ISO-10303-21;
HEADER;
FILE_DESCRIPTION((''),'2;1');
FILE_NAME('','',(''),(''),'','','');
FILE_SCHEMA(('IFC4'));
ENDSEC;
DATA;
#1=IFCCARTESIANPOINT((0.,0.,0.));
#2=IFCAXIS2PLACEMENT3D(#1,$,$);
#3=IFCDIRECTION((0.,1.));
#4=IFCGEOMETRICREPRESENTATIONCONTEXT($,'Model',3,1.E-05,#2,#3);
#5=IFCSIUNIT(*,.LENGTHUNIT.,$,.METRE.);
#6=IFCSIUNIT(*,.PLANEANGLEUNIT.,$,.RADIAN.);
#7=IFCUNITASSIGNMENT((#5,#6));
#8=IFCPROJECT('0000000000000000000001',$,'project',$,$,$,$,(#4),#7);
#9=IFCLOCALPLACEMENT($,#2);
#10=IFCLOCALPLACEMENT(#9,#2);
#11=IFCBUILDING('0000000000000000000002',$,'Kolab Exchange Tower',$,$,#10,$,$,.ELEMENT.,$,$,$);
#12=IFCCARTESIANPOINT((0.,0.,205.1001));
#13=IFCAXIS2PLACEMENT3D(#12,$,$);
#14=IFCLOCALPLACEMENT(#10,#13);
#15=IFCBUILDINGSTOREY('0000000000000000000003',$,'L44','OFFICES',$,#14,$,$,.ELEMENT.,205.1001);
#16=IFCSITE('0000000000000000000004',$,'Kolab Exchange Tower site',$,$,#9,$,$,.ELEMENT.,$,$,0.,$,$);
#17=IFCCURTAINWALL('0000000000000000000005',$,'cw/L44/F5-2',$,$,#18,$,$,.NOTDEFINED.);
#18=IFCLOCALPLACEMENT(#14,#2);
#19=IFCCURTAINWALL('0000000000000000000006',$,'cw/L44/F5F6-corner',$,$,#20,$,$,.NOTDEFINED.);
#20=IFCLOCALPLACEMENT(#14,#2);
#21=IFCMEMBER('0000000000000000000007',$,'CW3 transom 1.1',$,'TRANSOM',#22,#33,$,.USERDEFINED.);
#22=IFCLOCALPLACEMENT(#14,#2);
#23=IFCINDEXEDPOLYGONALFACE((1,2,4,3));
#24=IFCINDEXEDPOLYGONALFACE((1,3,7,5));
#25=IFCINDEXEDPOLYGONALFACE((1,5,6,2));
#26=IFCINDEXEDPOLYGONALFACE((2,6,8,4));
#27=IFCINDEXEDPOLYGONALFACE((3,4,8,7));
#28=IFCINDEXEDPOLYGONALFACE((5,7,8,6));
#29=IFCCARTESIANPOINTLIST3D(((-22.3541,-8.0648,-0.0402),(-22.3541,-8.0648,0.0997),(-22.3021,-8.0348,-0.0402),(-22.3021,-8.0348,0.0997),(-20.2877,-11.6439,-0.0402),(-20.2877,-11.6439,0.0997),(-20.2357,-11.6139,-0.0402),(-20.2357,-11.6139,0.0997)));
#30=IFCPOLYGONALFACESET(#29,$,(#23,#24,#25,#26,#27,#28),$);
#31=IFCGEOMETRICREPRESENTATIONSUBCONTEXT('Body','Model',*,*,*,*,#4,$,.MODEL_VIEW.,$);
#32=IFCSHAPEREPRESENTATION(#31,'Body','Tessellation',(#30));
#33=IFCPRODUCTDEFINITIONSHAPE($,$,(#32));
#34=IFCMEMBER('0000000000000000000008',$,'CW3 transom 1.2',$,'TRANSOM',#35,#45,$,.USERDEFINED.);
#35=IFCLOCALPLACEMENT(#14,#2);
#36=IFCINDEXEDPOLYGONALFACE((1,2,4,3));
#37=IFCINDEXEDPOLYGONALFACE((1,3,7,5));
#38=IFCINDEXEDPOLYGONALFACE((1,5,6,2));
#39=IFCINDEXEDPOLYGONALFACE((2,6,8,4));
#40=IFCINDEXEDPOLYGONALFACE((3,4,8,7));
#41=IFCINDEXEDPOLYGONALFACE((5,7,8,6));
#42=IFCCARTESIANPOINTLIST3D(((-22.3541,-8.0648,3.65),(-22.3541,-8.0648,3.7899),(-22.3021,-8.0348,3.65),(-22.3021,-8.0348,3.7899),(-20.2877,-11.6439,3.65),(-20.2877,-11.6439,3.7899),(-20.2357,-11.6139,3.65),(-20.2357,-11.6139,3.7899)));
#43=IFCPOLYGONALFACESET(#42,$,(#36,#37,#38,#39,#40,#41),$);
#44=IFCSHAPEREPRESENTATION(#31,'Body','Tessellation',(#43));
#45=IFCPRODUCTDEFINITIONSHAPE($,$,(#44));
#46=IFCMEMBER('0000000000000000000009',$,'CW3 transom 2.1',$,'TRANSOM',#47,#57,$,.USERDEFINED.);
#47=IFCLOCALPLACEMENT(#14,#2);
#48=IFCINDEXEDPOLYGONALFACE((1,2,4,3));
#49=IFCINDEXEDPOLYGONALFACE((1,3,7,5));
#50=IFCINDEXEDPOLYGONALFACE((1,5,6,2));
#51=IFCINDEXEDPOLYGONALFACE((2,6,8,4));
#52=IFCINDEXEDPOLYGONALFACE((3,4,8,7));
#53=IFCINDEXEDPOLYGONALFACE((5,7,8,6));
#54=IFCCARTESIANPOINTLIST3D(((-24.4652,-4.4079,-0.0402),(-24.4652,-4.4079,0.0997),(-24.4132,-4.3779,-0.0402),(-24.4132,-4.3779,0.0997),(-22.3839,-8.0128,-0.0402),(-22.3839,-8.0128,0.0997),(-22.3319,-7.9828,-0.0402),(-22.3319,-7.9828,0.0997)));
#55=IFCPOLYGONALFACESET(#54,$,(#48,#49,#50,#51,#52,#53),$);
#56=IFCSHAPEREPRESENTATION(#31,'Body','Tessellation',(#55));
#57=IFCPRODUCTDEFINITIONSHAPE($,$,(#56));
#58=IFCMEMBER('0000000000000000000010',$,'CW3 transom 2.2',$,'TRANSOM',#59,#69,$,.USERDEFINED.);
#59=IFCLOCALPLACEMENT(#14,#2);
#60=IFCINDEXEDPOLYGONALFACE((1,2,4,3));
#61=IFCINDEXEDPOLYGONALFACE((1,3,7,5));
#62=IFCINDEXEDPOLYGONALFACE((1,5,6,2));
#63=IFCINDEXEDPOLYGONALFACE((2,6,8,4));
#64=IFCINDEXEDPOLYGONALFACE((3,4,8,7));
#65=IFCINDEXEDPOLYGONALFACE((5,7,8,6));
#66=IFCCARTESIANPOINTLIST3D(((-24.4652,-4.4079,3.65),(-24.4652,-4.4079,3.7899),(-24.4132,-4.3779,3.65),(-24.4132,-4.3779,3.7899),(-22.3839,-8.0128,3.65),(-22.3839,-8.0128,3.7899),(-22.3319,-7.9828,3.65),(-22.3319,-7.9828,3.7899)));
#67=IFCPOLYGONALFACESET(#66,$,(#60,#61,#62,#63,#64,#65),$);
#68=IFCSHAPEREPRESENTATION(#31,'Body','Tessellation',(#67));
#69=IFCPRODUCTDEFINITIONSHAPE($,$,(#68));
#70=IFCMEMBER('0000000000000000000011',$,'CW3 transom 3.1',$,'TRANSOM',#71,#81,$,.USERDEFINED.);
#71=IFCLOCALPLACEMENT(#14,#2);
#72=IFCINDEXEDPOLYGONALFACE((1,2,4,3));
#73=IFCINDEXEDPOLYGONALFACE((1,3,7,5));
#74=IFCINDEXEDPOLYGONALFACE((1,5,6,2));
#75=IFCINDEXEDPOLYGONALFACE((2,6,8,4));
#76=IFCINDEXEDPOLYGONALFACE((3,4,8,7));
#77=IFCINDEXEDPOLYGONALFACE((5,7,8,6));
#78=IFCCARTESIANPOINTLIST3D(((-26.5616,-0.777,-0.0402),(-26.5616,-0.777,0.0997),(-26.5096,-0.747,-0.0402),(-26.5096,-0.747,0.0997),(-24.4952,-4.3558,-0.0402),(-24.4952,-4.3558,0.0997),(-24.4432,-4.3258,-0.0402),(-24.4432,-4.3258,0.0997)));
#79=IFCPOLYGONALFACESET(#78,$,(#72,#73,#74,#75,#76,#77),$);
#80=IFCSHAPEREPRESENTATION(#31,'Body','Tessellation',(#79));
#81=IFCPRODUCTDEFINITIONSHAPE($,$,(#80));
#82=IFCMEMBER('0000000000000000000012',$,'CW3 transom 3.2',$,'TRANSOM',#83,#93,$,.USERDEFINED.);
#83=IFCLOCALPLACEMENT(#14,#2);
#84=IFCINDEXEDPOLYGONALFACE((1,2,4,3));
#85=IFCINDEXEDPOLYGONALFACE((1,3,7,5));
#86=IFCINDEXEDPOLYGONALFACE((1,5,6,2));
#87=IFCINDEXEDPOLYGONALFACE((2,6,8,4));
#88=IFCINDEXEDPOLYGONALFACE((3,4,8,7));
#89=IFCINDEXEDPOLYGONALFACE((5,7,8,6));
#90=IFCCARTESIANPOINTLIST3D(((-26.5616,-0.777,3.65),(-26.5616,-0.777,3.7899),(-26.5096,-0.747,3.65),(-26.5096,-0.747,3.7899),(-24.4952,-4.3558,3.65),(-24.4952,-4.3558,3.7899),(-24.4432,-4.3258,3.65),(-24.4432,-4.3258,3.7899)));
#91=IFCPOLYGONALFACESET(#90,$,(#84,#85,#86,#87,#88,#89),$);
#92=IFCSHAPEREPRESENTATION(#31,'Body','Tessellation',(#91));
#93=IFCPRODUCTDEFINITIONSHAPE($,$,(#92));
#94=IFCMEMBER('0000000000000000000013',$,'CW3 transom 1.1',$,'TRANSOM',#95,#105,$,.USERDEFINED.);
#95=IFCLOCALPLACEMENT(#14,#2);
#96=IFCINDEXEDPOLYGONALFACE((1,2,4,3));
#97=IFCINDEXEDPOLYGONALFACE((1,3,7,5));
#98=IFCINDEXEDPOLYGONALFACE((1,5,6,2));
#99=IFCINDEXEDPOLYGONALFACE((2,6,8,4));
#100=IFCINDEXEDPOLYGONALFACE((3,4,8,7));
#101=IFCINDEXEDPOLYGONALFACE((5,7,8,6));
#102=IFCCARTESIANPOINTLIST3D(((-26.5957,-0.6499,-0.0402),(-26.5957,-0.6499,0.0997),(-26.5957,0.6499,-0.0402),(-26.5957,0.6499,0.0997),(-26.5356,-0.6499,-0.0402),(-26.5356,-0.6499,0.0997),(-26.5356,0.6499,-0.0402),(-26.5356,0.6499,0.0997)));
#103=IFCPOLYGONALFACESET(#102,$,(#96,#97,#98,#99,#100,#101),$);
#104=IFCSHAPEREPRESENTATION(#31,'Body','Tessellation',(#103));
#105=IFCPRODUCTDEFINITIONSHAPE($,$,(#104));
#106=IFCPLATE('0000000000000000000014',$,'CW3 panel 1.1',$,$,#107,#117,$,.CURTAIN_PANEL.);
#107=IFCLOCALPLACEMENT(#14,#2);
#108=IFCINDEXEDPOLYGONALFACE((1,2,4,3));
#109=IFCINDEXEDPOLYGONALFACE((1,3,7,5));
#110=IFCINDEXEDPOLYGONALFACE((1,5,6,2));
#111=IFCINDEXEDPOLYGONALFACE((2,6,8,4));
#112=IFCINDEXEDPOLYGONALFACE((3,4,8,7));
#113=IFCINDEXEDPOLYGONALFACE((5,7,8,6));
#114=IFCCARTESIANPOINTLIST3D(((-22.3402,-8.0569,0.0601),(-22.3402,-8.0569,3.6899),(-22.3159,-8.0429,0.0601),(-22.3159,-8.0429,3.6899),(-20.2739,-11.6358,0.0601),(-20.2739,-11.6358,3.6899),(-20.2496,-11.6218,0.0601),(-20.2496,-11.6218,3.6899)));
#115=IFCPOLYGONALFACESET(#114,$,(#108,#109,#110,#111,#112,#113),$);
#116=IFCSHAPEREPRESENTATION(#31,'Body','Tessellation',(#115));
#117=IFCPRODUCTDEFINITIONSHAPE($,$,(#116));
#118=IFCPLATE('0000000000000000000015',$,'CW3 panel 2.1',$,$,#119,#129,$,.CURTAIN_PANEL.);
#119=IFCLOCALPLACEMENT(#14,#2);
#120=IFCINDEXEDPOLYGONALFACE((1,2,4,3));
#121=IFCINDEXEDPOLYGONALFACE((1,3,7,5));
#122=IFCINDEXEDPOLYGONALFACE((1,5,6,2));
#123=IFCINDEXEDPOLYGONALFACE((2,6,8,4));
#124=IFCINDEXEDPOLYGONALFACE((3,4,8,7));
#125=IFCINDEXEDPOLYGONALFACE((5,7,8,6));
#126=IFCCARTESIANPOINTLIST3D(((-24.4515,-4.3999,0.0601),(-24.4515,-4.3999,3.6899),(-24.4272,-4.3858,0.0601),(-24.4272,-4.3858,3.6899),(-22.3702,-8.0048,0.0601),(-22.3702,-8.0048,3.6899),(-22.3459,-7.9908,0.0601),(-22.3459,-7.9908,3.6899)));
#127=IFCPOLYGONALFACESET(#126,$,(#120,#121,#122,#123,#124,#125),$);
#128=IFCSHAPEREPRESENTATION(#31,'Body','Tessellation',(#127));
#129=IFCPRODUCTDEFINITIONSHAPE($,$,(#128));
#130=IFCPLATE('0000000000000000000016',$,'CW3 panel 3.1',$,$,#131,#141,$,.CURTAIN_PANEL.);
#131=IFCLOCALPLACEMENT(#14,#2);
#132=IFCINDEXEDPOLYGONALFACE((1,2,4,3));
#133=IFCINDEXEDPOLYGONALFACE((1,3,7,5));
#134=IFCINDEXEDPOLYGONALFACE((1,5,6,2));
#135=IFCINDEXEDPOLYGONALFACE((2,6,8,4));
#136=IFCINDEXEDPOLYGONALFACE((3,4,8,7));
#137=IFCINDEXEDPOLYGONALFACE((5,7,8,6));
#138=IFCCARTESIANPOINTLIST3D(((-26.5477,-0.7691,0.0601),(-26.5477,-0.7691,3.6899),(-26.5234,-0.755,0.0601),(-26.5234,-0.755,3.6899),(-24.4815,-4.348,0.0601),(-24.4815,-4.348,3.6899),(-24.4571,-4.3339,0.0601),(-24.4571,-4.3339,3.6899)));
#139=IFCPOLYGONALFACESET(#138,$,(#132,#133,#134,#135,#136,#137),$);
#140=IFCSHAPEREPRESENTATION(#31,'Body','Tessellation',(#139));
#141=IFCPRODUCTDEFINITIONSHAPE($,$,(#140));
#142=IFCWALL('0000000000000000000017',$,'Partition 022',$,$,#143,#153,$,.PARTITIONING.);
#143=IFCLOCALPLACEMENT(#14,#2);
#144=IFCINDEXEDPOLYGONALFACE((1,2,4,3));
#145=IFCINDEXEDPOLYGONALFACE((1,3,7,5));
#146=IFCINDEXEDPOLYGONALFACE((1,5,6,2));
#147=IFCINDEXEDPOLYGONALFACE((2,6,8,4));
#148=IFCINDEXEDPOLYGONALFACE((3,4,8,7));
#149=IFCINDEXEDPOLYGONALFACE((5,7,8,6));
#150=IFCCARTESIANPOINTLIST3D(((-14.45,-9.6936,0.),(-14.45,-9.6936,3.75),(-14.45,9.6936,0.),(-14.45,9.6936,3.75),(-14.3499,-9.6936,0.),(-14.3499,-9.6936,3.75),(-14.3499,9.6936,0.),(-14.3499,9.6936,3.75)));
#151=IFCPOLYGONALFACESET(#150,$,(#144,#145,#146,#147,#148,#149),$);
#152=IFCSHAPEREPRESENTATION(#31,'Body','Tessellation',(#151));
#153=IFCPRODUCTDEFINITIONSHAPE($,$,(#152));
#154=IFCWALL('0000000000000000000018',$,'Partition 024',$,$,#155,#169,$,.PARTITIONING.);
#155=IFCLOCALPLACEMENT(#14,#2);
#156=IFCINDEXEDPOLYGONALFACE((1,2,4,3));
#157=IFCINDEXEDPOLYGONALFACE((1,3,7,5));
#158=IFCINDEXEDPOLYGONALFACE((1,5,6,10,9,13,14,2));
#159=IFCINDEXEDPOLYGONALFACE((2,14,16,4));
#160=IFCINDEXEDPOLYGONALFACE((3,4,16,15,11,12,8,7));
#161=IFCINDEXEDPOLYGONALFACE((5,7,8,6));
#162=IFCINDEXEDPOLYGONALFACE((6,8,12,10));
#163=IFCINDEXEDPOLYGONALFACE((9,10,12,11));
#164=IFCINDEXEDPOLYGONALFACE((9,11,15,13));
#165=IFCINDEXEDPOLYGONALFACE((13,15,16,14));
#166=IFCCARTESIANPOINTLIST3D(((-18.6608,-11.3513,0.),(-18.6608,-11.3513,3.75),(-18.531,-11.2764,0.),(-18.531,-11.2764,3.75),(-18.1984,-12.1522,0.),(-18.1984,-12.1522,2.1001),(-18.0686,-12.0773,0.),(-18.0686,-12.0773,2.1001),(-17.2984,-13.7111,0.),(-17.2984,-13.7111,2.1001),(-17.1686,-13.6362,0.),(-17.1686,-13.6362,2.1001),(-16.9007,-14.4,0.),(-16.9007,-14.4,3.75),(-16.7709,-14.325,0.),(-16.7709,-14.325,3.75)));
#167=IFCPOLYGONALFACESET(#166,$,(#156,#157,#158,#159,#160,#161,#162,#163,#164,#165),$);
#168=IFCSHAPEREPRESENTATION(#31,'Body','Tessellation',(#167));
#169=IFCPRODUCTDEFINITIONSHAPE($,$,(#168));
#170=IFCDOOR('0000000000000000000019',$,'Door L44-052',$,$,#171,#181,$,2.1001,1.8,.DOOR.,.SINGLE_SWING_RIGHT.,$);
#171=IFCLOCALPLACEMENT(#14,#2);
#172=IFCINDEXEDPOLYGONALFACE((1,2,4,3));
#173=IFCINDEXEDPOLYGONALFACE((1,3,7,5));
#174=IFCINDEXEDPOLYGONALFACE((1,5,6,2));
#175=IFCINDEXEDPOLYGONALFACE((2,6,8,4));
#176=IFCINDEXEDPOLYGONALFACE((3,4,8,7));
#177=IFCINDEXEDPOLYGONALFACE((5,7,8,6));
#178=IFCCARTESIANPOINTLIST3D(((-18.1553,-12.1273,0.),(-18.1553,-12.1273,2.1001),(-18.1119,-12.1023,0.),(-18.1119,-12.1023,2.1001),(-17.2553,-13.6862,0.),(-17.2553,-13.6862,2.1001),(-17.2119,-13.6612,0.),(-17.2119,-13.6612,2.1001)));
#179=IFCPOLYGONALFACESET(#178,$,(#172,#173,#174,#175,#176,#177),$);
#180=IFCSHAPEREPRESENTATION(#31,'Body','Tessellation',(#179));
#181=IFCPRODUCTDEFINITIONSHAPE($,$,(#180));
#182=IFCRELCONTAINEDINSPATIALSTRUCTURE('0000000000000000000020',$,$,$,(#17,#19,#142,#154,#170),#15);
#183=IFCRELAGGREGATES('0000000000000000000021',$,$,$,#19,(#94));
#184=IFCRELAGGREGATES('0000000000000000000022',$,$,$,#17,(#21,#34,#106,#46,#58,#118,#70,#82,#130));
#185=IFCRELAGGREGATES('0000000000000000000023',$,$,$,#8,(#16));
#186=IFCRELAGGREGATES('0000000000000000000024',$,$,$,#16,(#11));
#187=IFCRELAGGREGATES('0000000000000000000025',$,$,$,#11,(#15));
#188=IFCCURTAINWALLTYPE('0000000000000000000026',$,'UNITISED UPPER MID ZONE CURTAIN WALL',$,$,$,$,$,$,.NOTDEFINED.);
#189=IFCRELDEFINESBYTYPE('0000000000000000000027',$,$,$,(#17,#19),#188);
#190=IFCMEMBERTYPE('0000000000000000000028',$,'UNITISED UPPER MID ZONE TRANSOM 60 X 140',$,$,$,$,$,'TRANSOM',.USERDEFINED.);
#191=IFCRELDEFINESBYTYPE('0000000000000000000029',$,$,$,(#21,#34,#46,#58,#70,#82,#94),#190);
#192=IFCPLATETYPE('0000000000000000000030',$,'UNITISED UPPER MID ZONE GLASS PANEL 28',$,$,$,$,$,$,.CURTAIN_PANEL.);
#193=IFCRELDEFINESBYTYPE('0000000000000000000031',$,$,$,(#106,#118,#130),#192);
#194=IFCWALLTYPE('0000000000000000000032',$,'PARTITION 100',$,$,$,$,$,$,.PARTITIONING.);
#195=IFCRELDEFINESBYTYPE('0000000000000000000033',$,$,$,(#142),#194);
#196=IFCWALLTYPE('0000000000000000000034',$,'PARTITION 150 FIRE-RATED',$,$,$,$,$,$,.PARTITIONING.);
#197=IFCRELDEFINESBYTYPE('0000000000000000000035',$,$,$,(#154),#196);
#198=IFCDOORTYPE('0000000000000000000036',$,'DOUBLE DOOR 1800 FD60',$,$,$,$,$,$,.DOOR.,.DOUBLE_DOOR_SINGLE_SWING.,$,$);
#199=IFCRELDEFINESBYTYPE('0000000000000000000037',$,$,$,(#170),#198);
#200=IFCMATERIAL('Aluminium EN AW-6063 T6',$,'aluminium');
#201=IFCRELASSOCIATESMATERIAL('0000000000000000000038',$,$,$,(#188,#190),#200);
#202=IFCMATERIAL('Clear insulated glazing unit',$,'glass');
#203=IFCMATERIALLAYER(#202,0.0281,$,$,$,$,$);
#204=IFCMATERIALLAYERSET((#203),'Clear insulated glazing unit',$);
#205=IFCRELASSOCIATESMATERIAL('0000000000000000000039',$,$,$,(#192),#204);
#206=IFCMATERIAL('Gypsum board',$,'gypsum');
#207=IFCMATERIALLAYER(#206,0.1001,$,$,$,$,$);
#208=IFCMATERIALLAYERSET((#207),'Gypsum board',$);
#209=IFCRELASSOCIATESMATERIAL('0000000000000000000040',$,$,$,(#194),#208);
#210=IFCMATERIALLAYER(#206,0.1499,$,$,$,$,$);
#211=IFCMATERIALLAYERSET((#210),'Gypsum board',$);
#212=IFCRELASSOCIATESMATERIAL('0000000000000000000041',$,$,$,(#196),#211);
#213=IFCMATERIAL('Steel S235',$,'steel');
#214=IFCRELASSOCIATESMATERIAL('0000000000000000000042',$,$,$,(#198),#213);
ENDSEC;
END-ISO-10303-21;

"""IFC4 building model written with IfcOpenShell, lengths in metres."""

from ifc_helpers import new_model, si_unit, direction, frame, frame_2d, origin, origin_2d, place, context, subcontext, project, spatial, rectangle, extrude, material, layer, layer_set, material_profile, profile_set, type_object, element, fill, aggregate, save


model = new_model("IFC4")

# Units and contexts
model_context = context("Model", 3, precision=1e-05, world=origin(), true_north=direction((0.0, 1.0)))
body_context = subcontext(model_context, "Body", "Model", "MODEL_VIEW")
ifc_project = project(units=[si_unit("LENGTHUNIT", "METRE"), si_unit("PLANEANGLEUNIT", "RADIAN")], contexts=[model_context])

# Site, building, storey
site_placement = place(None, origin())
site = spatial("IfcSite", under=ifc_project, at=site_placement, Name="Kolab Exchange Tower site", CompositionType="ELEMENT", RefElevation=0.0)
building_placement = place(site_placement, origin())
building = spatial("IfcBuilding", under=site, at=building_placement, Name="Kolab Exchange Tower", CompositionType="ELEMENT")
storey_placement = place(building_placement, frame((0.0, 0.0, 205.1001)))
storey = spatial("IfcBuildingStorey", under=building, at=storey_placement, Name="L44", Description="OFFICES", CompositionType="ELEMENT", Elevation=205.1001)

# Curtain wall
ifc_material_1 = material(Name="Aluminium EN AW-6063 T6", Category="aluminium")
curtain_wall_type = type_object("IfcCurtainWallType", Name="UNITISED UPPER MID ZONE CURTAIN WALL", PredefinedType="NOTDEFINED", material=ifc_material_1)
curtain_wall_1_placement = place(storey_placement, origin())
curtain_wall_1 = element("IfcCurtainWall", 1, at=curtain_wall_1_placement, inside=storey, type_object=curtain_wall_type, Name="cw/L44/F5-2", PredefinedType="NOTDEFINED")

# Curtain wall
curtain_wall_2_placement = place(storey_placement, origin())
curtain_wall_2 = element("IfcCurtainWall", 2, at=curtain_wall_2_placement, inside=storey, type_object=curtain_wall_type, Name="cw/L44/F5F6-corner", PredefinedType="NOTDEFINED")

# Members
ifc_material_profile_1 = material_profile(ifc_material_1, rectangle(XDim=0.0601, YDim=0.1399, at=origin_2d()), Name="RECT 60X140")
ifc_profile_set_1 = profile_set([ifc_material_profile_1], Name="Aluminium EN AW-6063 T6")
member_type_1 = type_object("IfcMemberType", Name="UNITISED UPPER MID ZONE TRANSOM 60 X 140", ElementType="TRANSOM", PredefinedType="USERDEFINED", material=ifc_profile_set_1)
member_1_placement = place(storey_placement, frame((-20.2617, -11.6289, 0.0298), z_axis=(-0.500002, 0.866024, 0.0), x_axis=(-0.866024, -0.500002, 0.0)))
member_1 = element("IfcMember", 3, at=member_1_placement, type_object=member_type_1, Name="CW3 transom 1.1", ObjectType="TRANSOM", PredefinedType="USERDEFINED", context=body_context, shape_type="SweptSolid", body=[
    extrude(rectangle(XDim=0.0601, YDim=0.1399, at=origin_2d()), origin(), (0.0, 0.0, 1.0), 4.1328),
])
member_2_placement = place(storey_placement, frame((-20.2617, -11.6289, 3.72), z_axis=(-0.500002, 0.866024, 0.0), x_axis=(-0.866024, -0.500002, 0.0)))
member_2 = element("IfcMember", 4, at=member_2_placement, type_object=member_type_1, Name="CW3 transom 1.2", ObjectType="TRANSOM", PredefinedType="USERDEFINED", context=body_context, shape_type="SweptSolid", body=[
    extrude(rectangle(XDim=0.0601, YDim=0.1399, at=origin_2d()), origin(), (0.0, 0.0, 1.0), 4.1328),
])
member_3_placement = place(storey_placement, frame((-22.3579, -7.9978, 0.0298), z_axis=(-0.499993, 0.866029, 0.0), x_axis=(-0.866029, -0.499993, 0.0)))
member_3 = element("IfcMember", 5, at=member_3_placement, type_object=member_type_1, Name="CW3 transom 2.1", ObjectType="TRANSOM", PredefinedType="USERDEFINED", context=body_context, shape_type="SweptSolid", body=[
    extrude(rectangle(XDim=0.0601, YDim=0.1399, at=origin_2d()), origin(), (0.0, 0.0, 1.0), 4.1626),
])
member_4_placement = place(storey_placement, frame((-22.3579, -7.9978, 3.72), z_axis=(-0.499993, 0.866029, 0.0), x_axis=(-0.866029, -0.499993, 0.0)))
member_4 = element("IfcMember", 6, at=member_4_placement, type_object=member_type_1, Name="CW3 transom 2.2", ObjectType="TRANSOM", PredefinedType="USERDEFINED", context=body_context, shape_type="SweptSolid", body=[
    extrude(rectangle(XDim=0.0601, YDim=0.1399, at=origin_2d()), origin(), (0.0, 0.0, 1.0), 4.1626),
])
member_5_placement = place(storey_placement, frame((-24.4692, -4.3408, 0.0298), z_axis=(-0.500028, 0.866009, 0.0), x_axis=(-0.866009, -0.500028, 0.0)))
member_5 = element("IfcMember", 7, at=member_5_placement, type_object=member_type_1, Name="CW3 transom 3.1", ObjectType="TRANSOM", PredefinedType="USERDEFINED", context=body_context, shape_type="SweptSolid", body=[
    extrude(rectangle(XDim=0.0601, YDim=0.1399, at=origin_2d()), origin(), (0.0, 0.0, 1.0), 4.1326),
])
member_6_placement = place(storey_placement, frame((-24.4692, -4.3408, 3.72), z_axis=(-0.500028, 0.866009, 0.0), x_axis=(-0.866009, -0.500028, 0.0)))
member_6 = element("IfcMember", 8, at=member_6_placement, type_object=member_type_1, Name="CW3 transom 3.2", ObjectType="TRANSOM", PredefinedType="USERDEFINED", context=body_context, shape_type="SweptSolid", body=[
    extrude(rectangle(XDim=0.0601, YDim=0.1399, at=origin_2d()), origin(), (0.0, 0.0, 1.0), 4.1326),
])
member_7_placement = place(storey_placement, frame((-26.5657, -0.6499, 0.0298), z_axis=(0.0, 1.0, 0.0), x_axis=(-1.0, 0.0, 0.0)))
member_7 = element("IfcMember", 9, at=member_7_placement, type_object=member_type_1, Name="CW3 transom 1.1", ObjectType="TRANSOM", PredefinedType="USERDEFINED", context=body_context, shape_type="SweptSolid", body=[
    extrude(rectangle(XDim=0.0601, YDim=0.1399, at=origin_2d()), origin(), (0.0, 0.0, 1.0), 1.2998),
])
aggregate(curtain_wall_2, [member_7])

# Plates
ifc_material_2 = material(Name="Clear insulated glazing unit", Category="glass")
ifc_layer_1 = layer(ifc_material_2, 0.0281)
ifc_layer_set_1 = layer_set([ifc_layer_1], Name="Clear insulated glazing unit")
plate_type = type_object("IfcPlateType", Name="UNITISED UPPER MID ZONE GLASS PANEL 28", PredefinedType="CURTAIN_PANEL", material=ifc_layer_set_1)
plate_1_placement = place(storey_placement, frame((-21.2949, -9.8394, 0.0601), z_axis=(0.0, 0.0, 1.0), x_axis=(-0.5, 0.866025, 0.0)))
plate_1 = element("IfcPlate", 10, at=plate_1_placement, type_object=plate_type, Name="CW3 panel 1.1", PredefinedType="CURTAIN_PANEL", context=body_context, shape_type="SweptSolid", body=[
    extrude(rectangle(XDim=4.1326, YDim=0.0281, at=origin_2d()), origin(), (0.0, 0.0, 1.0), 3.6299),
])
plate_2_placement = place(storey_placement, frame((-23.3987, -6.1953, 0.0601), z_axis=(0.0, 0.0, 1.0), x_axis=(-0.5, 0.866025, 0.0)))
plate_2 = element("IfcPlate", 11, at=plate_2_placement, type_object=plate_type, Name="CW3 panel 2.1", PredefinedType="CURTAIN_PANEL", context=body_context, shape_type="SweptSolid", body=[
    extrude(rectangle(XDim=4.1626, YDim=0.0281, at=origin_2d()), origin(), (0.0, 0.0, 1.0), 3.6299),
])
plate_3_placement = place(storey_placement, frame((-25.5024, -2.5515, 0.0601), z_axis=(0.0, 0.0, 1.0), x_axis=(-0.5, 0.866025, 0.0)))
plate_3 = element("IfcPlate", 12, at=plate_3_placement, type_object=plate_type, Name="CW3 panel 3.1", PredefinedType="CURTAIN_PANEL", context=body_context, shape_type="SweptSolid", body=[
    extrude(rectangle(XDim=4.1326, YDim=0.0281, at=origin_2d()), origin(), (0.0, 0.0, 1.0), 3.6299),
])
aggregate(curtain_wall_1, [member_1, member_2, plate_1, member_3, member_4, plate_2, member_5, member_6, plate_3])

# Wall
ifc_material_3 = material(Name="Gypsum board", Category="gypsum")
ifc_layer_2 = layer(ifc_material_3, 0.1001)
ifc_layer_set_2 = layer_set([ifc_layer_2], Name="Gypsum board")
wall_type_1 = type_object("IfcWallType", Name="PARTITION 100", PredefinedType="PARTITIONING", material=ifc_layer_set_2)
wall_1_placement = place(storey_placement, frame((-14.3999, -9.6936, 0.0), z_axis=(0.0, 0.0, 1.0), x_axis=(0.0, 1.0, 0.0)))
element("IfcWall", 13, at=wall_1_placement, inside=storey, type_object=wall_type_1, Name="Partition 022", PredefinedType="PARTITIONING", context=body_context, shape_type="SweptSolid", body=[
    extrude(rectangle(XDim=19.3872, YDim=0.1001, at=frame_2d((9.6936, 0.0))), origin(), (0.0, 0.0, 1.0), 3.75),
])

# Wall, opening, door
ifc_layer_3 = layer(ifc_material_3, 0.1499)
ifc_layer_set_3 = layer_set([ifc_layer_3], Name="Gypsum board")
wall_type_2 = type_object("IfcWallType", Name="PARTITION 150 FIRE-RATED", PredefinedType="PARTITIONING", material=ifc_layer_set_3)
wall_2_placement = place(storey_placement, frame((-18.5959, -11.3137, 0.0), z_axis=(0.0, 0.0, 1.0), x_axis=(0.499981, -0.866037, 0.0)))
wall_2 = element("IfcWall", 14, at=wall_2_placement, inside=storey, type_object=wall_type_2, Name="Partition 024", PredefinedType="PARTITIONING", context=body_context, shape_type="SweptSolid", body=[
    extrude(rectangle(XDim=3.5203, YDim=0.1499, at=frame_2d((1.7603, 0.0))), origin(), (0.0, 0.0, 1.0), 3.75),
])
opening_placement = place(wall_2_placement, frame((0.925, 0.0, 0.0)))
opening = element("IfcOpeningElement", 15, at=opening_placement, cuts=wall_2, PredefinedType="OPENING", context=body_context, shape_type="SweptSolid", body=[
    extrude(rectangle(XDim=1.8, YDim=2.1001, at=frame_2d((0.8999, 1.05))), frame((0.0, 0.085, 0.0), z_axis=(0.0, -1.0, 0.0), x_axis=(1.0, 0.0, 0.0)), (0.0, 0.0, 1.0), 0.1699),
])
ifc_material_4 = material(Name="Steel S235", Category="steel")
door_type = type_object("IfcDoorType", Name="DOUBLE DOOR 1800 FD60", OperationType="DOUBLE_DOOR_SINGLE_SWING", PredefinedType="DOOR", material=ifc_material_4)
door_placement = place(opening_placement, origin())
door = element("IfcDoor", 16, at=door_placement, inside=storey, type_object=door_type, Name="Door L44-052", OperationType="SINGLE_SWING_RIGHT", OverallHeight=2.1001, OverallWidth=1.8, PredefinedType="DOOR", context=body_context, shape_type="SweptSolid", body=[
    extrude(rectangle(XDim=1.8, YDim=2.1001, at=frame_2d((0.8999, 1.05))), frame((0.0, 0.0249, 0.0), z_axis=(0.0, -1.0, 0.0), x_axis=(1.0, 0.0, 0.0)), (0.0, 0.0, 1.0), 0.05),
])
fill(opening, door)

save(model, "model.ifc")
